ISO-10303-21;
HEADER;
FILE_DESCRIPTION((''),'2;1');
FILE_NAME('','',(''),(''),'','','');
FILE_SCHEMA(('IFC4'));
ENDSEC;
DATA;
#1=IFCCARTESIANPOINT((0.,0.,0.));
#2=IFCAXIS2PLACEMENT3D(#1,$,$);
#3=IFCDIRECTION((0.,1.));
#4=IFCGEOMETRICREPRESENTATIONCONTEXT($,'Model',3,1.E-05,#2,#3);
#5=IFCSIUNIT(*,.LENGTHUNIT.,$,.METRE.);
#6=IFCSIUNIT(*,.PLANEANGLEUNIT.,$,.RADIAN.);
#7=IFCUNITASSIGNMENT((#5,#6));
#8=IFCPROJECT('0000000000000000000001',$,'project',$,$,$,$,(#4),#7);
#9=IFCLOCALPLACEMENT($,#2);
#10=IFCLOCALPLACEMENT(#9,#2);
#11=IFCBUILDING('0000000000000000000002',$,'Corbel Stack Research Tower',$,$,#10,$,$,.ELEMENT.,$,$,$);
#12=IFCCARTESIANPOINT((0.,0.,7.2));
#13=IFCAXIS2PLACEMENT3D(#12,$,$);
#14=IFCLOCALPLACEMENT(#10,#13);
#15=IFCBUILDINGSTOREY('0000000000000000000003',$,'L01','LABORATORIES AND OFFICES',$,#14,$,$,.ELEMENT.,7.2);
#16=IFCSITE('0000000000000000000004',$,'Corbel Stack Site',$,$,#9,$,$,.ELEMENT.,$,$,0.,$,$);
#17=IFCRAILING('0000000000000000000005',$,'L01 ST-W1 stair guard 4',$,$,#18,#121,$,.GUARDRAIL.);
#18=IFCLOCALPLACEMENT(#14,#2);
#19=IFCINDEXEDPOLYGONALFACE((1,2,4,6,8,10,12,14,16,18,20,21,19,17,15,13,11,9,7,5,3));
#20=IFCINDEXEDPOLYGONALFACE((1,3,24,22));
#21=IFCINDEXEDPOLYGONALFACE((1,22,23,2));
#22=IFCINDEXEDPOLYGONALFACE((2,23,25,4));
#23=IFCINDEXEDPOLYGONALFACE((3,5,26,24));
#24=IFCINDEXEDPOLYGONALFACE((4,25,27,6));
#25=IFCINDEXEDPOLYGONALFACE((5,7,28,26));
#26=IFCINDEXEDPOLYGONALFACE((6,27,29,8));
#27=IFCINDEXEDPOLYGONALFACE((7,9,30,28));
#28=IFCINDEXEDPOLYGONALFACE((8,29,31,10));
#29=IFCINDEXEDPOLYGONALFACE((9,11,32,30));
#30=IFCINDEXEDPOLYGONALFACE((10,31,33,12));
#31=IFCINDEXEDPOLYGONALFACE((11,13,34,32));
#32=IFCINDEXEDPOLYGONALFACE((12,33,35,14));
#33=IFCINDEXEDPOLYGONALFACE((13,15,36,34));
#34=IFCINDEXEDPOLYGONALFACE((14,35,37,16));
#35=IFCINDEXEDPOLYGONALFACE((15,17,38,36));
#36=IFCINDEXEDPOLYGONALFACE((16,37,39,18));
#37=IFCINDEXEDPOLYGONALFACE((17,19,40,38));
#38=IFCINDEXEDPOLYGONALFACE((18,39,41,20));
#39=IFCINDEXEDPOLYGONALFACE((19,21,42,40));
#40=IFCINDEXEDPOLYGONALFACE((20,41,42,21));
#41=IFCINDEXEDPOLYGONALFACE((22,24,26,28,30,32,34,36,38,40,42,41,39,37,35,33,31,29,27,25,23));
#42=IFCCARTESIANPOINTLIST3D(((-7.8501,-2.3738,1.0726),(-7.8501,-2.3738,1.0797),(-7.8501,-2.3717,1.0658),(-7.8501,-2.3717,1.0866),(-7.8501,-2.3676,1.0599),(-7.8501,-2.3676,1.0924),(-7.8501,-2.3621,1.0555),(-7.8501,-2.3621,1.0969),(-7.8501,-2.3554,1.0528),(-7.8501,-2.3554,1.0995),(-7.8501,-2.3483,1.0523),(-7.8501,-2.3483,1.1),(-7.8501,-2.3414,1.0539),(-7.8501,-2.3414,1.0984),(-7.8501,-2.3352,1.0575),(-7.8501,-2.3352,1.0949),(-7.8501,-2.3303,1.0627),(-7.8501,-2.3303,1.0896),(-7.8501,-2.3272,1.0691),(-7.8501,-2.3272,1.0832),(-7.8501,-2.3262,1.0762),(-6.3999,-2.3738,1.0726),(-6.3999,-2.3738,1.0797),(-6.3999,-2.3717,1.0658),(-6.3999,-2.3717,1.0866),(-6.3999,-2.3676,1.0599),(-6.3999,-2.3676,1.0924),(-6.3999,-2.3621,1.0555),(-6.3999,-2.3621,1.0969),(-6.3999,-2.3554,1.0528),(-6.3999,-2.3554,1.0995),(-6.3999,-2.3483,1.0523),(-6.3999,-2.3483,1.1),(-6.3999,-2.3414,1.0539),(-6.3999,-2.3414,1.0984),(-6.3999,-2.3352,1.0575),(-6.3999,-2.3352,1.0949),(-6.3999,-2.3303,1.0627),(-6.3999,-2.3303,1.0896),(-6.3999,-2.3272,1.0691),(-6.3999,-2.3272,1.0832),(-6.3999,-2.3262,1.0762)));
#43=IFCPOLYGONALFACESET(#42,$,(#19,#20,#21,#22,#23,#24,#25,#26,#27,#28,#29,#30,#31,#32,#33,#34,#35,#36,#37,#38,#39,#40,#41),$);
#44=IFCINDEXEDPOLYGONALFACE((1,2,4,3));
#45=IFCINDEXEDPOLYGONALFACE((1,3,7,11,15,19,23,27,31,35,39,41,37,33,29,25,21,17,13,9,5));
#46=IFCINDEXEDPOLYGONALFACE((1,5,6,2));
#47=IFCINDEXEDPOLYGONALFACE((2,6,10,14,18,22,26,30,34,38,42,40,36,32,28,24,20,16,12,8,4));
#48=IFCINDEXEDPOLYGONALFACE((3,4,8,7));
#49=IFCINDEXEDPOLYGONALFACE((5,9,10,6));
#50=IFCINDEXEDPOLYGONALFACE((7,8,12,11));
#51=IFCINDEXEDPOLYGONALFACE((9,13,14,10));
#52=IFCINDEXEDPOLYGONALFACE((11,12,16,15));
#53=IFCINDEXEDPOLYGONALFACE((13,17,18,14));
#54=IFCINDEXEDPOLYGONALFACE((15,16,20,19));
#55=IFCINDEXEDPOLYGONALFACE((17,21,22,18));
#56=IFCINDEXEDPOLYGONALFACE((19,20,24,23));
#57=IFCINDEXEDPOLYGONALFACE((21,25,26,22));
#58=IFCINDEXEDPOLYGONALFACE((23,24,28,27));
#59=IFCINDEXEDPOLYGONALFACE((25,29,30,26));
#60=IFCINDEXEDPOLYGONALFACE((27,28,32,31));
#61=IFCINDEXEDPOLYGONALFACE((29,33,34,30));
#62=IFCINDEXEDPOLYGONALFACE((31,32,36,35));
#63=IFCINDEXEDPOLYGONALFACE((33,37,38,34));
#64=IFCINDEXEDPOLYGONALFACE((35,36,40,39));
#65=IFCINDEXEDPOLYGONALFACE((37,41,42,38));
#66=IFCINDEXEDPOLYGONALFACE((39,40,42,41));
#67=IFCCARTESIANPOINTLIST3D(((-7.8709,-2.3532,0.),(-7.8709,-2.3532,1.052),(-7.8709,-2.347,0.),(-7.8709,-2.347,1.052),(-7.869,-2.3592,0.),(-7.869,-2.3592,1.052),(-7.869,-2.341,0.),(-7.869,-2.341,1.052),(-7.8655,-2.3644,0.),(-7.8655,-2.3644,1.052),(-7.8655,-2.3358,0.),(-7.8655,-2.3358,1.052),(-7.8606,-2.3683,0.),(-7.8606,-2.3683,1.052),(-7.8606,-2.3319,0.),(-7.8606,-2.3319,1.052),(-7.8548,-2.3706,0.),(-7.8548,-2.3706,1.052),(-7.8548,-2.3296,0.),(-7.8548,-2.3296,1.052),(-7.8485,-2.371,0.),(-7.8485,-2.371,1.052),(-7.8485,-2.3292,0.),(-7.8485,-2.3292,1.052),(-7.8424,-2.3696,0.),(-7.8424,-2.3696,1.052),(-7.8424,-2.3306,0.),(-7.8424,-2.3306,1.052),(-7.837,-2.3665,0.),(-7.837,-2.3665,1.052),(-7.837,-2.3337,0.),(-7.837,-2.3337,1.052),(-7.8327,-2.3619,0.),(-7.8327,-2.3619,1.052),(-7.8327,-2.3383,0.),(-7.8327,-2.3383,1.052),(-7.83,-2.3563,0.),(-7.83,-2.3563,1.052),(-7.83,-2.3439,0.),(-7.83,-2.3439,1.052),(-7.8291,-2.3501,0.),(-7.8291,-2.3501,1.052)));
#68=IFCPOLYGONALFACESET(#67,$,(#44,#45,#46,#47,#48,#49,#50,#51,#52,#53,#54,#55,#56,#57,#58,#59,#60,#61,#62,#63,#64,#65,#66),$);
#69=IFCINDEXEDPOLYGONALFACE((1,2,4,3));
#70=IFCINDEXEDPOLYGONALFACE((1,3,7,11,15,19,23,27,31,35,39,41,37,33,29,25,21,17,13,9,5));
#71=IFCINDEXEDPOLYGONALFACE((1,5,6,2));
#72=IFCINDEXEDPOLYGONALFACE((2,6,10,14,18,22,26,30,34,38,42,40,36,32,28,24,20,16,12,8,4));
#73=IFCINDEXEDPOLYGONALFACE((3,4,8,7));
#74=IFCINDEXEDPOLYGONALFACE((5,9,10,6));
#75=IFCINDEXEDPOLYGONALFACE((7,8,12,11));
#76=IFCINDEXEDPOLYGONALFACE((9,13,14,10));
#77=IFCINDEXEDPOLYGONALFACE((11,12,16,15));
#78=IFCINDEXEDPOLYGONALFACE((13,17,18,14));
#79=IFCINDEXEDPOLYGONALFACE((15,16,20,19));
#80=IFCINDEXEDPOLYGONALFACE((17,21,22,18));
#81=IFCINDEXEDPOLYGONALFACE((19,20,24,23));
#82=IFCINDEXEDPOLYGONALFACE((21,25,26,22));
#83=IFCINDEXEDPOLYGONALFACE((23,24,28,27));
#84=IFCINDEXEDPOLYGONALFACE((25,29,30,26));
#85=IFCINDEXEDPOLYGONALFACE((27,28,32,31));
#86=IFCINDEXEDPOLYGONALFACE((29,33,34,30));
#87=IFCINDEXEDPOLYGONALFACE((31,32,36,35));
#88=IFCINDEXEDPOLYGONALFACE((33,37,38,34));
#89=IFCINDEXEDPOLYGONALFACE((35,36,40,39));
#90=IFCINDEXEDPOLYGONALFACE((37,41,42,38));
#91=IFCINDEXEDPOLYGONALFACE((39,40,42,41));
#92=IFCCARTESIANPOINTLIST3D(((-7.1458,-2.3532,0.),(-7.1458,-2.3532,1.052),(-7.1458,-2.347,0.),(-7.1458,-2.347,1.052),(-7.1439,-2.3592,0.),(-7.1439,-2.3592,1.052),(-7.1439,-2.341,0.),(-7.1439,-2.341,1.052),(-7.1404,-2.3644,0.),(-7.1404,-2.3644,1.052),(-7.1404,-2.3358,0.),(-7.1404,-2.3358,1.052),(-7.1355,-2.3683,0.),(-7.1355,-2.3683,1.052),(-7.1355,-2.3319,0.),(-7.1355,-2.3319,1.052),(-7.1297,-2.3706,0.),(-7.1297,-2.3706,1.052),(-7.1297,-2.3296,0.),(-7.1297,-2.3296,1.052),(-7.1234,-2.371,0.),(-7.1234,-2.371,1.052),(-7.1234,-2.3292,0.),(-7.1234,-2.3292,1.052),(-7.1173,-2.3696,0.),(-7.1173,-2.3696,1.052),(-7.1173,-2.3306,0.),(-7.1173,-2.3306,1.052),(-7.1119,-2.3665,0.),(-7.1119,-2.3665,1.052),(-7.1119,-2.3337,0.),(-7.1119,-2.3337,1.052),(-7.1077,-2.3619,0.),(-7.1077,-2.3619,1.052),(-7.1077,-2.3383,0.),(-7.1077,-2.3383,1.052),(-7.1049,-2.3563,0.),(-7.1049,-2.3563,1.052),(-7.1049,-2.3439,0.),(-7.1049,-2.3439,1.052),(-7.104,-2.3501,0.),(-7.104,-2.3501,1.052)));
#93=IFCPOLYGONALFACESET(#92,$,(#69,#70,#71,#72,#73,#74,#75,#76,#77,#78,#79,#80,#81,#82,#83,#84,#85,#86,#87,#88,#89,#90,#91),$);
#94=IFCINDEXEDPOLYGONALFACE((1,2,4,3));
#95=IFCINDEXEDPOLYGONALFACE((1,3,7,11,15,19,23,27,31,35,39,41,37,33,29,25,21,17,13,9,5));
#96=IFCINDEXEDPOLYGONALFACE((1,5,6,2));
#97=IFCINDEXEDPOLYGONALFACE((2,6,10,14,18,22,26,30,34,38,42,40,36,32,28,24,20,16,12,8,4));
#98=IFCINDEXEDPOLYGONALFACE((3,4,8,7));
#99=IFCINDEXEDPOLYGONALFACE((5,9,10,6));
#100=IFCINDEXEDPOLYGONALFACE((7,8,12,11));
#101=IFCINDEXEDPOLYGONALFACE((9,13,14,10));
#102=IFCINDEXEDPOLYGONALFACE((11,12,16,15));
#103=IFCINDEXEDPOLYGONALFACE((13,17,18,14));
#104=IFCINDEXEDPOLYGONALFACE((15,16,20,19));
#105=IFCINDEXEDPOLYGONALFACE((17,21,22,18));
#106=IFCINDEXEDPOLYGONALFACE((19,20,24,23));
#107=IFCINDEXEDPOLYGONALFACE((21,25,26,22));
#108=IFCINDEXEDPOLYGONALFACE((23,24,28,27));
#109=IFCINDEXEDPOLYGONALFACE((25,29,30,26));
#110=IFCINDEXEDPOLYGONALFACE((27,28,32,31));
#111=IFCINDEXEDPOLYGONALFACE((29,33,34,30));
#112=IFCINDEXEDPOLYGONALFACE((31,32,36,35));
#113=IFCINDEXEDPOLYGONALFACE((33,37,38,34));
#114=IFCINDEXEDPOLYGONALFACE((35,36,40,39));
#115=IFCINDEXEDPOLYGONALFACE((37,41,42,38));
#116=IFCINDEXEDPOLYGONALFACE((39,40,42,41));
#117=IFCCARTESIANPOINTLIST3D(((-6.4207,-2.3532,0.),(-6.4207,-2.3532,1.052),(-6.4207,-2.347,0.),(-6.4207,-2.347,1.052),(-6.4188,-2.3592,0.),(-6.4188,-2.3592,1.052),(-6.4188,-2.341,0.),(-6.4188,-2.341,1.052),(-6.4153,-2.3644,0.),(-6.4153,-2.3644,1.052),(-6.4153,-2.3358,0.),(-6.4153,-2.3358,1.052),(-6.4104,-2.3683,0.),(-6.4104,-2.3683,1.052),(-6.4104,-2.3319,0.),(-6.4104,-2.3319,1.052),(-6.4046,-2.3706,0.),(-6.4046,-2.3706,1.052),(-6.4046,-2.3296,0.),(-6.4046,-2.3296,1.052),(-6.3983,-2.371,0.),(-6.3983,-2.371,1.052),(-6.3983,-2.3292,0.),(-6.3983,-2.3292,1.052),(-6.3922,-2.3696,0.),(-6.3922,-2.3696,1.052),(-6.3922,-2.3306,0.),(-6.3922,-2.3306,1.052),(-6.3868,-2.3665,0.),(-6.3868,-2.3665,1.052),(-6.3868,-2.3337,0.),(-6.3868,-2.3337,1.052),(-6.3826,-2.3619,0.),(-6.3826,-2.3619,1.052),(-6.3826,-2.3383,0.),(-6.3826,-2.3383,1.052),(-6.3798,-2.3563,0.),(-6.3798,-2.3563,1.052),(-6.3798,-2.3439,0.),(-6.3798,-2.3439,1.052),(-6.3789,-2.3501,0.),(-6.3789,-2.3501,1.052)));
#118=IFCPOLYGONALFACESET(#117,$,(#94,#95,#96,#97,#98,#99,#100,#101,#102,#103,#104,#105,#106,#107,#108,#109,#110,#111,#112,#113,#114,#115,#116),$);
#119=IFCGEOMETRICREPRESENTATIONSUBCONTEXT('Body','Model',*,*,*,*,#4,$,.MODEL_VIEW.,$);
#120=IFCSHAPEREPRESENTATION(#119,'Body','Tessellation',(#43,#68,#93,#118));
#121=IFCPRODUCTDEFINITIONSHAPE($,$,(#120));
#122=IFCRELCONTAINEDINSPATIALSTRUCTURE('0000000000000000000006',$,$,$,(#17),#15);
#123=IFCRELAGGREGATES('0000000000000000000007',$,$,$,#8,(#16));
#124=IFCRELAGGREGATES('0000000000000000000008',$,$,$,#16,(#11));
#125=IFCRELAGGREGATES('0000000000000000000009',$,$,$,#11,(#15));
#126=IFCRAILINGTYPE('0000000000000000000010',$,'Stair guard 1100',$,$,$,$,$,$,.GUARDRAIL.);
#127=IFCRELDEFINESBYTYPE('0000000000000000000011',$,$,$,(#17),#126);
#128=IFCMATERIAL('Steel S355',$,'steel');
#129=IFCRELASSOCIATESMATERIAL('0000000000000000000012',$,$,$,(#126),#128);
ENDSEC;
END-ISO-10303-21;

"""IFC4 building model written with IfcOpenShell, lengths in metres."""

from ifc_helpers import new_model, si_unit, direction, frame, origin, origin_2d, place, context, subcontext, project, spatial, circle, extrude, material, type_object, element, save


model = new_model("IFC4")

# Units and contexts
model_context = context("Model", 3, precision=1e-05, world=origin(), true_north=direction((0.0, 1.0)))
body_context = subcontext(model_context, "Body", "Model", "MODEL_VIEW")
ifc_project = project(units=[si_unit("LENGTHUNIT", "METRE"), si_unit("PLANEANGLEUNIT", "RADIAN")], contexts=[model_context])

# Site, building, storey
site_placement = place(None, origin())
site = spatial("IfcSite", under=ifc_project, at=site_placement, Name="Corbel Stack Site", CompositionType="ELEMENT", RefElevation=0.0)
building_placement = place(site_placement, origin())
building = spatial("IfcBuilding", under=site, at=building_placement, Name="Corbel Stack Research Tower", CompositionType="ELEMENT")
storey_placement = place(building_placement, frame((0.0, 0.0, 7.2)))
storey = spatial("IfcBuildingStorey", under=building, at=storey_placement, Name="L01", Description="LABORATORIES AND OFFICES", CompositionType="ELEMENT", Elevation=7.2)

# Railing
ifc_material_1 = material(Name="Steel S355", Category="steel")
railing_type_1 = type_object("IfcRailingType", Name="Stair guard 1100", PredefinedType="GUARDRAIL", material=ifc_material_1)
railing_1_placement = place(storey_placement, frame((-7.8501, -2.3501, 0.0)))
element("IfcRailing", 1, at=railing_1_placement, inside=storey, type_object=railing_type_1, Name="L01 ST-W1 stair guard 4", PredefinedType="GUARDRAIL", context=body_context, shape_type="SweptSolid", body=[
    extrude(circle(Radius=0.0239, at=origin_2d()), frame((0.0, 0.0, 1.0762), z_axis=(1.0, 0.0, 0.0), x_axis=(0.0, 1.0, 0.0)), (0.0, 0.0, 1.0), 1.4502),
    extrude(circle(Radius=0.021, at=origin_2d()), origin(), (0.0, 0.0, 1.0), 1.052),
    extrude(circle(Radius=0.021, at=origin_2d()), frame((0.7251, 0.0, 0.0)), (0.0, 0.0, 1.0), 1.052),
    extrude(circle(Radius=0.021, at=origin_2d()), frame((1.4502, 0.0, 0.0)), (0.0, 0.0, 1.0), 1.052),
])

save(model, "model.ifc")
